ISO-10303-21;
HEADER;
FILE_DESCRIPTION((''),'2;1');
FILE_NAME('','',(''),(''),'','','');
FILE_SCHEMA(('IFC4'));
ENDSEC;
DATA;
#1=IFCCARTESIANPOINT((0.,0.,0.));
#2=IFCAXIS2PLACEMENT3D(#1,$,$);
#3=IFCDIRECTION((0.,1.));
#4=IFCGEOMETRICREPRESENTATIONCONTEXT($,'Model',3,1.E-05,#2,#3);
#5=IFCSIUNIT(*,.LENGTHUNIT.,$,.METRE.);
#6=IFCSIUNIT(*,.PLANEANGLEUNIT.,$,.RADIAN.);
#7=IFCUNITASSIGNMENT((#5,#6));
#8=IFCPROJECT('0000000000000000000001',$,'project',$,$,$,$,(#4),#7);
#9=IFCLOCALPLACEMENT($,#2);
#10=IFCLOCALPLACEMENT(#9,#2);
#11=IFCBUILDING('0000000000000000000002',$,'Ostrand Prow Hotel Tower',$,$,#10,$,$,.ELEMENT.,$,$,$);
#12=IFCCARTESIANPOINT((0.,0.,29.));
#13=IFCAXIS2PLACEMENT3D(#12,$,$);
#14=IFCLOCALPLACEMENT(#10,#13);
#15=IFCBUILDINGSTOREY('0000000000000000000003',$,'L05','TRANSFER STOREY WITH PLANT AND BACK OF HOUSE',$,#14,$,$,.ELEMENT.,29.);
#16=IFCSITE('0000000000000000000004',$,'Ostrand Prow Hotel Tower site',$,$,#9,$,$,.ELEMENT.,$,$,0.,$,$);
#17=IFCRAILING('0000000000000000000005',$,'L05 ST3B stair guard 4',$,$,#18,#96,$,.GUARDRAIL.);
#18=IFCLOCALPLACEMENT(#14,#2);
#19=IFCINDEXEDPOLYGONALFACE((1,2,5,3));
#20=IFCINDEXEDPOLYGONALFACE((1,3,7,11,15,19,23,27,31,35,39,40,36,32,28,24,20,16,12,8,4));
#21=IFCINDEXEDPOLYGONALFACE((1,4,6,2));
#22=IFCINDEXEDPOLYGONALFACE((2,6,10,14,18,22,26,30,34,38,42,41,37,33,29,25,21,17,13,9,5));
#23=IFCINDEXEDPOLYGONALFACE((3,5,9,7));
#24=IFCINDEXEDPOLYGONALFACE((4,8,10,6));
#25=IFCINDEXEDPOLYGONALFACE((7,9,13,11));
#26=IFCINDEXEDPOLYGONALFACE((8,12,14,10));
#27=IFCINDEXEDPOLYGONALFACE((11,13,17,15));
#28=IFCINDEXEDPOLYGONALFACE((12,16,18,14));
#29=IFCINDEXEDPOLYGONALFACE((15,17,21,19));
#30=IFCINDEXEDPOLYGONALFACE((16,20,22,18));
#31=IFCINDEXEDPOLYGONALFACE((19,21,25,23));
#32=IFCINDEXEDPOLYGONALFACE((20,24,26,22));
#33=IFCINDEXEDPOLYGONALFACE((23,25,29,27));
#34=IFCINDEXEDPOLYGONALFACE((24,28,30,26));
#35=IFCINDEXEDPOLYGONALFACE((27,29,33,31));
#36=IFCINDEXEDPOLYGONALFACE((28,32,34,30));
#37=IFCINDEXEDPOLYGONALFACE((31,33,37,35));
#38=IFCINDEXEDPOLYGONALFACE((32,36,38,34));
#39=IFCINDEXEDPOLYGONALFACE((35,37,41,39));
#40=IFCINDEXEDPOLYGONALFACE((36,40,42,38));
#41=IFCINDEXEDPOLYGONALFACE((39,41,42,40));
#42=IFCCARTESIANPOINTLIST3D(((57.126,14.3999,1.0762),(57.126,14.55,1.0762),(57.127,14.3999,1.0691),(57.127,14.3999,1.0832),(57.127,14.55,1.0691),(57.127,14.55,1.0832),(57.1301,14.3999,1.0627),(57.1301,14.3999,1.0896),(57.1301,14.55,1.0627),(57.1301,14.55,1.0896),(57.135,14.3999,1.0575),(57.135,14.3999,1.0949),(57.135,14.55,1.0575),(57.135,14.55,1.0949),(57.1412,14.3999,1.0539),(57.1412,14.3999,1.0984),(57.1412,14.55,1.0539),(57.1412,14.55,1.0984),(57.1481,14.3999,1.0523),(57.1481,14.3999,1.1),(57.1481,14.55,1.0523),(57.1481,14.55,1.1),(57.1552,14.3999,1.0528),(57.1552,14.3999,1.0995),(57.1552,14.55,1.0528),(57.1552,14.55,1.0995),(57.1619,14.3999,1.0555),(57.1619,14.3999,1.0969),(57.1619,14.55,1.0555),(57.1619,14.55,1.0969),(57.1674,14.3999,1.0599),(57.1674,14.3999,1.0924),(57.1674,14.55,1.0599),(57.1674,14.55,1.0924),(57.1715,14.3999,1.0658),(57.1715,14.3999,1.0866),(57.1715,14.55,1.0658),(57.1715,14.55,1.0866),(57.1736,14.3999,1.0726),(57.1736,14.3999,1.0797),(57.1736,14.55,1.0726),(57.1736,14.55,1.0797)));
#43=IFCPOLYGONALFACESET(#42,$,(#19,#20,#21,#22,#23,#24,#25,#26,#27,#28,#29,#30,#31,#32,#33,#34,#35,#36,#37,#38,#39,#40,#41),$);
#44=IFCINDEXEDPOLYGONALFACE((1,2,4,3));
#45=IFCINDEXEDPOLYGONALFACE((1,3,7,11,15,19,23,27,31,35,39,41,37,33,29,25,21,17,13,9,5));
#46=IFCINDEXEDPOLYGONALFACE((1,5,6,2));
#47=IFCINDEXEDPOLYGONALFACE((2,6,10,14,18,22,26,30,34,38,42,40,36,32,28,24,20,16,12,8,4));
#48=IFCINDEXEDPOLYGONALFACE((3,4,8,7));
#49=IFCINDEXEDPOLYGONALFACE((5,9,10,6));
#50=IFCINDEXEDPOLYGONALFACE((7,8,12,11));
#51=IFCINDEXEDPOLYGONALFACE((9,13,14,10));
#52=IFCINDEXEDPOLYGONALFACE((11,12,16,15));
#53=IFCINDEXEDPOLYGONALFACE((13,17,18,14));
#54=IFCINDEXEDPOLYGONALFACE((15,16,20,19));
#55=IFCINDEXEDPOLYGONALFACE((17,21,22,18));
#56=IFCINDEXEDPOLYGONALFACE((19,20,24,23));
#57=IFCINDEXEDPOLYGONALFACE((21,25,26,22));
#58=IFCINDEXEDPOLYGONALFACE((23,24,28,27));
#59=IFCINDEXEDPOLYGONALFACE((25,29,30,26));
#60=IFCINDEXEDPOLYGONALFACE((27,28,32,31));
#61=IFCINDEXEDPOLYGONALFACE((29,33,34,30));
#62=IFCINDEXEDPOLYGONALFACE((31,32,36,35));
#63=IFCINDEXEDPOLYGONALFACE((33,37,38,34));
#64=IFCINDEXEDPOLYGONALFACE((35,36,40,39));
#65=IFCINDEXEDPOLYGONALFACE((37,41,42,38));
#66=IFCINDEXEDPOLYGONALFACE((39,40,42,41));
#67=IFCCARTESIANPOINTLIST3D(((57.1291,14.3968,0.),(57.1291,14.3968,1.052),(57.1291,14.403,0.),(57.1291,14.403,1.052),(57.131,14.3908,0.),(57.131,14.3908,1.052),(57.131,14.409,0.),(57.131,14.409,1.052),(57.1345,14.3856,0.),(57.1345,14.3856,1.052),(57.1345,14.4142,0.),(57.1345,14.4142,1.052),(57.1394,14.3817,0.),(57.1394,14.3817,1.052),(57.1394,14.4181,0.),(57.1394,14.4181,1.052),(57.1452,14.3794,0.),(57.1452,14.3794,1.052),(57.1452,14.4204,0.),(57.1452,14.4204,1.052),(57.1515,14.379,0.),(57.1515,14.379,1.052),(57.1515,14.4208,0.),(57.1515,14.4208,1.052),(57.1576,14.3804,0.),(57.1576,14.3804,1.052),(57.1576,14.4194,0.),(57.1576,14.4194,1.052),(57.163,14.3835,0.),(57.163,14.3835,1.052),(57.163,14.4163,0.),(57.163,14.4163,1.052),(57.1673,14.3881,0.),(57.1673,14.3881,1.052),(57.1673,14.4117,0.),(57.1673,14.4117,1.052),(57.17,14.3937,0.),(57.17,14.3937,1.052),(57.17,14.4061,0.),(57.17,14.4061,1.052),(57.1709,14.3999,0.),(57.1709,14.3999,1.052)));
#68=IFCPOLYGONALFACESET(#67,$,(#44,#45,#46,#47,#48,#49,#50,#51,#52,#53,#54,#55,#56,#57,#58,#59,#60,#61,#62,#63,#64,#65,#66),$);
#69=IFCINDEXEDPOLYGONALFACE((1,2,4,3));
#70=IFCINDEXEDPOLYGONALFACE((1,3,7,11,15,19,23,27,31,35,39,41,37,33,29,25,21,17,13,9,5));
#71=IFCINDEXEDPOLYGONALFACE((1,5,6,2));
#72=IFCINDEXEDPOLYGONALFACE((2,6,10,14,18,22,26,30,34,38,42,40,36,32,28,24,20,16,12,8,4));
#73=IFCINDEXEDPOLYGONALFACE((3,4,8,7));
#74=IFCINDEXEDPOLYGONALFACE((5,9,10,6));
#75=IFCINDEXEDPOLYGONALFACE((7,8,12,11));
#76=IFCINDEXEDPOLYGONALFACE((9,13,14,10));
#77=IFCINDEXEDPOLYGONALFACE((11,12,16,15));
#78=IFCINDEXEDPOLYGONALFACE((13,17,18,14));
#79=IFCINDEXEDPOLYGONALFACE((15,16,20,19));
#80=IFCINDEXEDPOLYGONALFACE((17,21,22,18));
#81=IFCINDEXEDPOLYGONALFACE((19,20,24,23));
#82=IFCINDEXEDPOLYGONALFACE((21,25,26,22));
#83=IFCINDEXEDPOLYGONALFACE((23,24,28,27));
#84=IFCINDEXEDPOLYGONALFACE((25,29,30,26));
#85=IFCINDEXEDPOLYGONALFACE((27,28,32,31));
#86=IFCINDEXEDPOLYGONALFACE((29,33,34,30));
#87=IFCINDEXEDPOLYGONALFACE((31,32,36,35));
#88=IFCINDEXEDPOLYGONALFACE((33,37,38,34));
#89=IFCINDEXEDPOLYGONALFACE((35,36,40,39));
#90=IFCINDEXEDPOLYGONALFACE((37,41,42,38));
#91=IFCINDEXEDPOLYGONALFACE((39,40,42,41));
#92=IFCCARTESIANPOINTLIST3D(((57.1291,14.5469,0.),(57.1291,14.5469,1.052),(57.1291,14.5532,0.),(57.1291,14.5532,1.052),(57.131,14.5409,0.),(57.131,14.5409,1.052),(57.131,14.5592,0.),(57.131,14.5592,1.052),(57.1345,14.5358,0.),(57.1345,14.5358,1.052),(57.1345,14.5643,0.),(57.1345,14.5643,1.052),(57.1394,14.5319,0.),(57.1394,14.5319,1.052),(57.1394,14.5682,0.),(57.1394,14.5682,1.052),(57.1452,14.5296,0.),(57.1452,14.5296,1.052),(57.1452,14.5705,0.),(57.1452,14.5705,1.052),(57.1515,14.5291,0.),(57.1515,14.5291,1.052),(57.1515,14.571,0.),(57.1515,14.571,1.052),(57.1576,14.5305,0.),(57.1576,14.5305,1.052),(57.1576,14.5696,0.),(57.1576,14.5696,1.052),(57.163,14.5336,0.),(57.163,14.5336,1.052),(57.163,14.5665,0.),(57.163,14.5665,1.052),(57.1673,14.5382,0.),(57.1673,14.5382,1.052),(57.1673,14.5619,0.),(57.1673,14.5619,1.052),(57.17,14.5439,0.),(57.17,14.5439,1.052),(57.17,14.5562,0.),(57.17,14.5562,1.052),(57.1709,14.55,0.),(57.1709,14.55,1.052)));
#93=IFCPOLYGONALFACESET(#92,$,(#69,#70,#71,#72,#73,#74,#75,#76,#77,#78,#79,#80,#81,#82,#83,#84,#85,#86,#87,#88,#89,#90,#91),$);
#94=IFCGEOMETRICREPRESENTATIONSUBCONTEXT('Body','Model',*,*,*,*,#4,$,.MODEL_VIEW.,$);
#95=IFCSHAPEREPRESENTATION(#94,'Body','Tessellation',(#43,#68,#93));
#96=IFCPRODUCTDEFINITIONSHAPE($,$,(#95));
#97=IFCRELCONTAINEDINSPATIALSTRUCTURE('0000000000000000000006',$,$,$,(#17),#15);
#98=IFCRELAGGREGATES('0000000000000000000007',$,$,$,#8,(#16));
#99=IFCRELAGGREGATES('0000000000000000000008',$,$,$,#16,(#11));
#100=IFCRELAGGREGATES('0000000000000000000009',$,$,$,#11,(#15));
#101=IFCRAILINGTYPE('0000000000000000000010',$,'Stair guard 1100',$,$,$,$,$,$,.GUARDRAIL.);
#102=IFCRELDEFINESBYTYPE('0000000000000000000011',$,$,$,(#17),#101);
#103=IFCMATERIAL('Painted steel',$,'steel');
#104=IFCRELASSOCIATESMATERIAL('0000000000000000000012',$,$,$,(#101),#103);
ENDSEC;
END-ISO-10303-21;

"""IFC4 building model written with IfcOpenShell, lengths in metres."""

from ifc_helpers import new_model, si_unit, direction, frame, origin, origin_2d, place, context, subcontext, project, spatial, circle, extrude, material, type_object, element, save


model = new_model("IFC4")

# Units and contexts
model_context = context("Model", 3, precision=1e-05, world=origin(), true_north=direction((0.0, 1.0)))
body_context = subcontext(model_context, "Body", "Model", "MODEL_VIEW")
ifc_project = project(units=[si_unit("LENGTHUNIT", "METRE"), si_unit("PLANEANGLEUNIT", "RADIAN")], contexts=[model_context])

# Site, building, storey
site_placement = place(None, origin())
site = spatial("IfcSite", under=ifc_project, at=site_placement, Name="Ostrand Prow Hotel Tower site", CompositionType="ELEMENT", RefElevation=0.0)
building_placement = place(site_placement, origin())
building = spatial("IfcBuilding", under=site, at=building_placement, Name="Ostrand Prow Hotel Tower", CompositionType="ELEMENT")
storey_placement = place(building_placement, frame((0.0, 0.0, 29.0)))
storey = spatial("IfcBuildingStorey", under=building, at=storey_placement, Name="L05", Description="TRANSFER STOREY WITH PLANT AND BACK OF HOUSE", CompositionType="ELEMENT", Elevation=29.0)

# Railing
ifc_material_1 = material(Name="Painted steel", Category="steel")
railing_type_1 = type_object("IfcRailingType", Name="Stair guard 1100", PredefinedType="GUARDRAIL", material=ifc_material_1)
railing_1_placement = place(storey_placement, frame((57.1499, 14.3999, 0.0)))
element("IfcRailing", 1, at=railing_1_placement, inside=storey, type_object=railing_type_1, Name="L05 ST3B stair guard 4", PredefinedType="GUARDRAIL", context=body_context, shape_type="SweptSolid", body=[
    extrude(circle(Radius=0.0239, at=origin_2d()), frame((0.0, 0.0, 1.0762), z_axis=(0.0, 1.0, 0.0), x_axis=(-1.0, 0.0, 0.0)), (0.0, 0.0, 1.0), 0.1501),
    extrude(circle(Radius=0.021, at=origin_2d()), origin(), (0.0, 0.0, 1.0), 1.052),
    extrude(circle(Radius=0.021, at=origin_2d()), frame((0.0, 0.1501, 0.0)), (0.0, 0.0, 1.0), 1.052),
])

save(model, "model.ifc")
